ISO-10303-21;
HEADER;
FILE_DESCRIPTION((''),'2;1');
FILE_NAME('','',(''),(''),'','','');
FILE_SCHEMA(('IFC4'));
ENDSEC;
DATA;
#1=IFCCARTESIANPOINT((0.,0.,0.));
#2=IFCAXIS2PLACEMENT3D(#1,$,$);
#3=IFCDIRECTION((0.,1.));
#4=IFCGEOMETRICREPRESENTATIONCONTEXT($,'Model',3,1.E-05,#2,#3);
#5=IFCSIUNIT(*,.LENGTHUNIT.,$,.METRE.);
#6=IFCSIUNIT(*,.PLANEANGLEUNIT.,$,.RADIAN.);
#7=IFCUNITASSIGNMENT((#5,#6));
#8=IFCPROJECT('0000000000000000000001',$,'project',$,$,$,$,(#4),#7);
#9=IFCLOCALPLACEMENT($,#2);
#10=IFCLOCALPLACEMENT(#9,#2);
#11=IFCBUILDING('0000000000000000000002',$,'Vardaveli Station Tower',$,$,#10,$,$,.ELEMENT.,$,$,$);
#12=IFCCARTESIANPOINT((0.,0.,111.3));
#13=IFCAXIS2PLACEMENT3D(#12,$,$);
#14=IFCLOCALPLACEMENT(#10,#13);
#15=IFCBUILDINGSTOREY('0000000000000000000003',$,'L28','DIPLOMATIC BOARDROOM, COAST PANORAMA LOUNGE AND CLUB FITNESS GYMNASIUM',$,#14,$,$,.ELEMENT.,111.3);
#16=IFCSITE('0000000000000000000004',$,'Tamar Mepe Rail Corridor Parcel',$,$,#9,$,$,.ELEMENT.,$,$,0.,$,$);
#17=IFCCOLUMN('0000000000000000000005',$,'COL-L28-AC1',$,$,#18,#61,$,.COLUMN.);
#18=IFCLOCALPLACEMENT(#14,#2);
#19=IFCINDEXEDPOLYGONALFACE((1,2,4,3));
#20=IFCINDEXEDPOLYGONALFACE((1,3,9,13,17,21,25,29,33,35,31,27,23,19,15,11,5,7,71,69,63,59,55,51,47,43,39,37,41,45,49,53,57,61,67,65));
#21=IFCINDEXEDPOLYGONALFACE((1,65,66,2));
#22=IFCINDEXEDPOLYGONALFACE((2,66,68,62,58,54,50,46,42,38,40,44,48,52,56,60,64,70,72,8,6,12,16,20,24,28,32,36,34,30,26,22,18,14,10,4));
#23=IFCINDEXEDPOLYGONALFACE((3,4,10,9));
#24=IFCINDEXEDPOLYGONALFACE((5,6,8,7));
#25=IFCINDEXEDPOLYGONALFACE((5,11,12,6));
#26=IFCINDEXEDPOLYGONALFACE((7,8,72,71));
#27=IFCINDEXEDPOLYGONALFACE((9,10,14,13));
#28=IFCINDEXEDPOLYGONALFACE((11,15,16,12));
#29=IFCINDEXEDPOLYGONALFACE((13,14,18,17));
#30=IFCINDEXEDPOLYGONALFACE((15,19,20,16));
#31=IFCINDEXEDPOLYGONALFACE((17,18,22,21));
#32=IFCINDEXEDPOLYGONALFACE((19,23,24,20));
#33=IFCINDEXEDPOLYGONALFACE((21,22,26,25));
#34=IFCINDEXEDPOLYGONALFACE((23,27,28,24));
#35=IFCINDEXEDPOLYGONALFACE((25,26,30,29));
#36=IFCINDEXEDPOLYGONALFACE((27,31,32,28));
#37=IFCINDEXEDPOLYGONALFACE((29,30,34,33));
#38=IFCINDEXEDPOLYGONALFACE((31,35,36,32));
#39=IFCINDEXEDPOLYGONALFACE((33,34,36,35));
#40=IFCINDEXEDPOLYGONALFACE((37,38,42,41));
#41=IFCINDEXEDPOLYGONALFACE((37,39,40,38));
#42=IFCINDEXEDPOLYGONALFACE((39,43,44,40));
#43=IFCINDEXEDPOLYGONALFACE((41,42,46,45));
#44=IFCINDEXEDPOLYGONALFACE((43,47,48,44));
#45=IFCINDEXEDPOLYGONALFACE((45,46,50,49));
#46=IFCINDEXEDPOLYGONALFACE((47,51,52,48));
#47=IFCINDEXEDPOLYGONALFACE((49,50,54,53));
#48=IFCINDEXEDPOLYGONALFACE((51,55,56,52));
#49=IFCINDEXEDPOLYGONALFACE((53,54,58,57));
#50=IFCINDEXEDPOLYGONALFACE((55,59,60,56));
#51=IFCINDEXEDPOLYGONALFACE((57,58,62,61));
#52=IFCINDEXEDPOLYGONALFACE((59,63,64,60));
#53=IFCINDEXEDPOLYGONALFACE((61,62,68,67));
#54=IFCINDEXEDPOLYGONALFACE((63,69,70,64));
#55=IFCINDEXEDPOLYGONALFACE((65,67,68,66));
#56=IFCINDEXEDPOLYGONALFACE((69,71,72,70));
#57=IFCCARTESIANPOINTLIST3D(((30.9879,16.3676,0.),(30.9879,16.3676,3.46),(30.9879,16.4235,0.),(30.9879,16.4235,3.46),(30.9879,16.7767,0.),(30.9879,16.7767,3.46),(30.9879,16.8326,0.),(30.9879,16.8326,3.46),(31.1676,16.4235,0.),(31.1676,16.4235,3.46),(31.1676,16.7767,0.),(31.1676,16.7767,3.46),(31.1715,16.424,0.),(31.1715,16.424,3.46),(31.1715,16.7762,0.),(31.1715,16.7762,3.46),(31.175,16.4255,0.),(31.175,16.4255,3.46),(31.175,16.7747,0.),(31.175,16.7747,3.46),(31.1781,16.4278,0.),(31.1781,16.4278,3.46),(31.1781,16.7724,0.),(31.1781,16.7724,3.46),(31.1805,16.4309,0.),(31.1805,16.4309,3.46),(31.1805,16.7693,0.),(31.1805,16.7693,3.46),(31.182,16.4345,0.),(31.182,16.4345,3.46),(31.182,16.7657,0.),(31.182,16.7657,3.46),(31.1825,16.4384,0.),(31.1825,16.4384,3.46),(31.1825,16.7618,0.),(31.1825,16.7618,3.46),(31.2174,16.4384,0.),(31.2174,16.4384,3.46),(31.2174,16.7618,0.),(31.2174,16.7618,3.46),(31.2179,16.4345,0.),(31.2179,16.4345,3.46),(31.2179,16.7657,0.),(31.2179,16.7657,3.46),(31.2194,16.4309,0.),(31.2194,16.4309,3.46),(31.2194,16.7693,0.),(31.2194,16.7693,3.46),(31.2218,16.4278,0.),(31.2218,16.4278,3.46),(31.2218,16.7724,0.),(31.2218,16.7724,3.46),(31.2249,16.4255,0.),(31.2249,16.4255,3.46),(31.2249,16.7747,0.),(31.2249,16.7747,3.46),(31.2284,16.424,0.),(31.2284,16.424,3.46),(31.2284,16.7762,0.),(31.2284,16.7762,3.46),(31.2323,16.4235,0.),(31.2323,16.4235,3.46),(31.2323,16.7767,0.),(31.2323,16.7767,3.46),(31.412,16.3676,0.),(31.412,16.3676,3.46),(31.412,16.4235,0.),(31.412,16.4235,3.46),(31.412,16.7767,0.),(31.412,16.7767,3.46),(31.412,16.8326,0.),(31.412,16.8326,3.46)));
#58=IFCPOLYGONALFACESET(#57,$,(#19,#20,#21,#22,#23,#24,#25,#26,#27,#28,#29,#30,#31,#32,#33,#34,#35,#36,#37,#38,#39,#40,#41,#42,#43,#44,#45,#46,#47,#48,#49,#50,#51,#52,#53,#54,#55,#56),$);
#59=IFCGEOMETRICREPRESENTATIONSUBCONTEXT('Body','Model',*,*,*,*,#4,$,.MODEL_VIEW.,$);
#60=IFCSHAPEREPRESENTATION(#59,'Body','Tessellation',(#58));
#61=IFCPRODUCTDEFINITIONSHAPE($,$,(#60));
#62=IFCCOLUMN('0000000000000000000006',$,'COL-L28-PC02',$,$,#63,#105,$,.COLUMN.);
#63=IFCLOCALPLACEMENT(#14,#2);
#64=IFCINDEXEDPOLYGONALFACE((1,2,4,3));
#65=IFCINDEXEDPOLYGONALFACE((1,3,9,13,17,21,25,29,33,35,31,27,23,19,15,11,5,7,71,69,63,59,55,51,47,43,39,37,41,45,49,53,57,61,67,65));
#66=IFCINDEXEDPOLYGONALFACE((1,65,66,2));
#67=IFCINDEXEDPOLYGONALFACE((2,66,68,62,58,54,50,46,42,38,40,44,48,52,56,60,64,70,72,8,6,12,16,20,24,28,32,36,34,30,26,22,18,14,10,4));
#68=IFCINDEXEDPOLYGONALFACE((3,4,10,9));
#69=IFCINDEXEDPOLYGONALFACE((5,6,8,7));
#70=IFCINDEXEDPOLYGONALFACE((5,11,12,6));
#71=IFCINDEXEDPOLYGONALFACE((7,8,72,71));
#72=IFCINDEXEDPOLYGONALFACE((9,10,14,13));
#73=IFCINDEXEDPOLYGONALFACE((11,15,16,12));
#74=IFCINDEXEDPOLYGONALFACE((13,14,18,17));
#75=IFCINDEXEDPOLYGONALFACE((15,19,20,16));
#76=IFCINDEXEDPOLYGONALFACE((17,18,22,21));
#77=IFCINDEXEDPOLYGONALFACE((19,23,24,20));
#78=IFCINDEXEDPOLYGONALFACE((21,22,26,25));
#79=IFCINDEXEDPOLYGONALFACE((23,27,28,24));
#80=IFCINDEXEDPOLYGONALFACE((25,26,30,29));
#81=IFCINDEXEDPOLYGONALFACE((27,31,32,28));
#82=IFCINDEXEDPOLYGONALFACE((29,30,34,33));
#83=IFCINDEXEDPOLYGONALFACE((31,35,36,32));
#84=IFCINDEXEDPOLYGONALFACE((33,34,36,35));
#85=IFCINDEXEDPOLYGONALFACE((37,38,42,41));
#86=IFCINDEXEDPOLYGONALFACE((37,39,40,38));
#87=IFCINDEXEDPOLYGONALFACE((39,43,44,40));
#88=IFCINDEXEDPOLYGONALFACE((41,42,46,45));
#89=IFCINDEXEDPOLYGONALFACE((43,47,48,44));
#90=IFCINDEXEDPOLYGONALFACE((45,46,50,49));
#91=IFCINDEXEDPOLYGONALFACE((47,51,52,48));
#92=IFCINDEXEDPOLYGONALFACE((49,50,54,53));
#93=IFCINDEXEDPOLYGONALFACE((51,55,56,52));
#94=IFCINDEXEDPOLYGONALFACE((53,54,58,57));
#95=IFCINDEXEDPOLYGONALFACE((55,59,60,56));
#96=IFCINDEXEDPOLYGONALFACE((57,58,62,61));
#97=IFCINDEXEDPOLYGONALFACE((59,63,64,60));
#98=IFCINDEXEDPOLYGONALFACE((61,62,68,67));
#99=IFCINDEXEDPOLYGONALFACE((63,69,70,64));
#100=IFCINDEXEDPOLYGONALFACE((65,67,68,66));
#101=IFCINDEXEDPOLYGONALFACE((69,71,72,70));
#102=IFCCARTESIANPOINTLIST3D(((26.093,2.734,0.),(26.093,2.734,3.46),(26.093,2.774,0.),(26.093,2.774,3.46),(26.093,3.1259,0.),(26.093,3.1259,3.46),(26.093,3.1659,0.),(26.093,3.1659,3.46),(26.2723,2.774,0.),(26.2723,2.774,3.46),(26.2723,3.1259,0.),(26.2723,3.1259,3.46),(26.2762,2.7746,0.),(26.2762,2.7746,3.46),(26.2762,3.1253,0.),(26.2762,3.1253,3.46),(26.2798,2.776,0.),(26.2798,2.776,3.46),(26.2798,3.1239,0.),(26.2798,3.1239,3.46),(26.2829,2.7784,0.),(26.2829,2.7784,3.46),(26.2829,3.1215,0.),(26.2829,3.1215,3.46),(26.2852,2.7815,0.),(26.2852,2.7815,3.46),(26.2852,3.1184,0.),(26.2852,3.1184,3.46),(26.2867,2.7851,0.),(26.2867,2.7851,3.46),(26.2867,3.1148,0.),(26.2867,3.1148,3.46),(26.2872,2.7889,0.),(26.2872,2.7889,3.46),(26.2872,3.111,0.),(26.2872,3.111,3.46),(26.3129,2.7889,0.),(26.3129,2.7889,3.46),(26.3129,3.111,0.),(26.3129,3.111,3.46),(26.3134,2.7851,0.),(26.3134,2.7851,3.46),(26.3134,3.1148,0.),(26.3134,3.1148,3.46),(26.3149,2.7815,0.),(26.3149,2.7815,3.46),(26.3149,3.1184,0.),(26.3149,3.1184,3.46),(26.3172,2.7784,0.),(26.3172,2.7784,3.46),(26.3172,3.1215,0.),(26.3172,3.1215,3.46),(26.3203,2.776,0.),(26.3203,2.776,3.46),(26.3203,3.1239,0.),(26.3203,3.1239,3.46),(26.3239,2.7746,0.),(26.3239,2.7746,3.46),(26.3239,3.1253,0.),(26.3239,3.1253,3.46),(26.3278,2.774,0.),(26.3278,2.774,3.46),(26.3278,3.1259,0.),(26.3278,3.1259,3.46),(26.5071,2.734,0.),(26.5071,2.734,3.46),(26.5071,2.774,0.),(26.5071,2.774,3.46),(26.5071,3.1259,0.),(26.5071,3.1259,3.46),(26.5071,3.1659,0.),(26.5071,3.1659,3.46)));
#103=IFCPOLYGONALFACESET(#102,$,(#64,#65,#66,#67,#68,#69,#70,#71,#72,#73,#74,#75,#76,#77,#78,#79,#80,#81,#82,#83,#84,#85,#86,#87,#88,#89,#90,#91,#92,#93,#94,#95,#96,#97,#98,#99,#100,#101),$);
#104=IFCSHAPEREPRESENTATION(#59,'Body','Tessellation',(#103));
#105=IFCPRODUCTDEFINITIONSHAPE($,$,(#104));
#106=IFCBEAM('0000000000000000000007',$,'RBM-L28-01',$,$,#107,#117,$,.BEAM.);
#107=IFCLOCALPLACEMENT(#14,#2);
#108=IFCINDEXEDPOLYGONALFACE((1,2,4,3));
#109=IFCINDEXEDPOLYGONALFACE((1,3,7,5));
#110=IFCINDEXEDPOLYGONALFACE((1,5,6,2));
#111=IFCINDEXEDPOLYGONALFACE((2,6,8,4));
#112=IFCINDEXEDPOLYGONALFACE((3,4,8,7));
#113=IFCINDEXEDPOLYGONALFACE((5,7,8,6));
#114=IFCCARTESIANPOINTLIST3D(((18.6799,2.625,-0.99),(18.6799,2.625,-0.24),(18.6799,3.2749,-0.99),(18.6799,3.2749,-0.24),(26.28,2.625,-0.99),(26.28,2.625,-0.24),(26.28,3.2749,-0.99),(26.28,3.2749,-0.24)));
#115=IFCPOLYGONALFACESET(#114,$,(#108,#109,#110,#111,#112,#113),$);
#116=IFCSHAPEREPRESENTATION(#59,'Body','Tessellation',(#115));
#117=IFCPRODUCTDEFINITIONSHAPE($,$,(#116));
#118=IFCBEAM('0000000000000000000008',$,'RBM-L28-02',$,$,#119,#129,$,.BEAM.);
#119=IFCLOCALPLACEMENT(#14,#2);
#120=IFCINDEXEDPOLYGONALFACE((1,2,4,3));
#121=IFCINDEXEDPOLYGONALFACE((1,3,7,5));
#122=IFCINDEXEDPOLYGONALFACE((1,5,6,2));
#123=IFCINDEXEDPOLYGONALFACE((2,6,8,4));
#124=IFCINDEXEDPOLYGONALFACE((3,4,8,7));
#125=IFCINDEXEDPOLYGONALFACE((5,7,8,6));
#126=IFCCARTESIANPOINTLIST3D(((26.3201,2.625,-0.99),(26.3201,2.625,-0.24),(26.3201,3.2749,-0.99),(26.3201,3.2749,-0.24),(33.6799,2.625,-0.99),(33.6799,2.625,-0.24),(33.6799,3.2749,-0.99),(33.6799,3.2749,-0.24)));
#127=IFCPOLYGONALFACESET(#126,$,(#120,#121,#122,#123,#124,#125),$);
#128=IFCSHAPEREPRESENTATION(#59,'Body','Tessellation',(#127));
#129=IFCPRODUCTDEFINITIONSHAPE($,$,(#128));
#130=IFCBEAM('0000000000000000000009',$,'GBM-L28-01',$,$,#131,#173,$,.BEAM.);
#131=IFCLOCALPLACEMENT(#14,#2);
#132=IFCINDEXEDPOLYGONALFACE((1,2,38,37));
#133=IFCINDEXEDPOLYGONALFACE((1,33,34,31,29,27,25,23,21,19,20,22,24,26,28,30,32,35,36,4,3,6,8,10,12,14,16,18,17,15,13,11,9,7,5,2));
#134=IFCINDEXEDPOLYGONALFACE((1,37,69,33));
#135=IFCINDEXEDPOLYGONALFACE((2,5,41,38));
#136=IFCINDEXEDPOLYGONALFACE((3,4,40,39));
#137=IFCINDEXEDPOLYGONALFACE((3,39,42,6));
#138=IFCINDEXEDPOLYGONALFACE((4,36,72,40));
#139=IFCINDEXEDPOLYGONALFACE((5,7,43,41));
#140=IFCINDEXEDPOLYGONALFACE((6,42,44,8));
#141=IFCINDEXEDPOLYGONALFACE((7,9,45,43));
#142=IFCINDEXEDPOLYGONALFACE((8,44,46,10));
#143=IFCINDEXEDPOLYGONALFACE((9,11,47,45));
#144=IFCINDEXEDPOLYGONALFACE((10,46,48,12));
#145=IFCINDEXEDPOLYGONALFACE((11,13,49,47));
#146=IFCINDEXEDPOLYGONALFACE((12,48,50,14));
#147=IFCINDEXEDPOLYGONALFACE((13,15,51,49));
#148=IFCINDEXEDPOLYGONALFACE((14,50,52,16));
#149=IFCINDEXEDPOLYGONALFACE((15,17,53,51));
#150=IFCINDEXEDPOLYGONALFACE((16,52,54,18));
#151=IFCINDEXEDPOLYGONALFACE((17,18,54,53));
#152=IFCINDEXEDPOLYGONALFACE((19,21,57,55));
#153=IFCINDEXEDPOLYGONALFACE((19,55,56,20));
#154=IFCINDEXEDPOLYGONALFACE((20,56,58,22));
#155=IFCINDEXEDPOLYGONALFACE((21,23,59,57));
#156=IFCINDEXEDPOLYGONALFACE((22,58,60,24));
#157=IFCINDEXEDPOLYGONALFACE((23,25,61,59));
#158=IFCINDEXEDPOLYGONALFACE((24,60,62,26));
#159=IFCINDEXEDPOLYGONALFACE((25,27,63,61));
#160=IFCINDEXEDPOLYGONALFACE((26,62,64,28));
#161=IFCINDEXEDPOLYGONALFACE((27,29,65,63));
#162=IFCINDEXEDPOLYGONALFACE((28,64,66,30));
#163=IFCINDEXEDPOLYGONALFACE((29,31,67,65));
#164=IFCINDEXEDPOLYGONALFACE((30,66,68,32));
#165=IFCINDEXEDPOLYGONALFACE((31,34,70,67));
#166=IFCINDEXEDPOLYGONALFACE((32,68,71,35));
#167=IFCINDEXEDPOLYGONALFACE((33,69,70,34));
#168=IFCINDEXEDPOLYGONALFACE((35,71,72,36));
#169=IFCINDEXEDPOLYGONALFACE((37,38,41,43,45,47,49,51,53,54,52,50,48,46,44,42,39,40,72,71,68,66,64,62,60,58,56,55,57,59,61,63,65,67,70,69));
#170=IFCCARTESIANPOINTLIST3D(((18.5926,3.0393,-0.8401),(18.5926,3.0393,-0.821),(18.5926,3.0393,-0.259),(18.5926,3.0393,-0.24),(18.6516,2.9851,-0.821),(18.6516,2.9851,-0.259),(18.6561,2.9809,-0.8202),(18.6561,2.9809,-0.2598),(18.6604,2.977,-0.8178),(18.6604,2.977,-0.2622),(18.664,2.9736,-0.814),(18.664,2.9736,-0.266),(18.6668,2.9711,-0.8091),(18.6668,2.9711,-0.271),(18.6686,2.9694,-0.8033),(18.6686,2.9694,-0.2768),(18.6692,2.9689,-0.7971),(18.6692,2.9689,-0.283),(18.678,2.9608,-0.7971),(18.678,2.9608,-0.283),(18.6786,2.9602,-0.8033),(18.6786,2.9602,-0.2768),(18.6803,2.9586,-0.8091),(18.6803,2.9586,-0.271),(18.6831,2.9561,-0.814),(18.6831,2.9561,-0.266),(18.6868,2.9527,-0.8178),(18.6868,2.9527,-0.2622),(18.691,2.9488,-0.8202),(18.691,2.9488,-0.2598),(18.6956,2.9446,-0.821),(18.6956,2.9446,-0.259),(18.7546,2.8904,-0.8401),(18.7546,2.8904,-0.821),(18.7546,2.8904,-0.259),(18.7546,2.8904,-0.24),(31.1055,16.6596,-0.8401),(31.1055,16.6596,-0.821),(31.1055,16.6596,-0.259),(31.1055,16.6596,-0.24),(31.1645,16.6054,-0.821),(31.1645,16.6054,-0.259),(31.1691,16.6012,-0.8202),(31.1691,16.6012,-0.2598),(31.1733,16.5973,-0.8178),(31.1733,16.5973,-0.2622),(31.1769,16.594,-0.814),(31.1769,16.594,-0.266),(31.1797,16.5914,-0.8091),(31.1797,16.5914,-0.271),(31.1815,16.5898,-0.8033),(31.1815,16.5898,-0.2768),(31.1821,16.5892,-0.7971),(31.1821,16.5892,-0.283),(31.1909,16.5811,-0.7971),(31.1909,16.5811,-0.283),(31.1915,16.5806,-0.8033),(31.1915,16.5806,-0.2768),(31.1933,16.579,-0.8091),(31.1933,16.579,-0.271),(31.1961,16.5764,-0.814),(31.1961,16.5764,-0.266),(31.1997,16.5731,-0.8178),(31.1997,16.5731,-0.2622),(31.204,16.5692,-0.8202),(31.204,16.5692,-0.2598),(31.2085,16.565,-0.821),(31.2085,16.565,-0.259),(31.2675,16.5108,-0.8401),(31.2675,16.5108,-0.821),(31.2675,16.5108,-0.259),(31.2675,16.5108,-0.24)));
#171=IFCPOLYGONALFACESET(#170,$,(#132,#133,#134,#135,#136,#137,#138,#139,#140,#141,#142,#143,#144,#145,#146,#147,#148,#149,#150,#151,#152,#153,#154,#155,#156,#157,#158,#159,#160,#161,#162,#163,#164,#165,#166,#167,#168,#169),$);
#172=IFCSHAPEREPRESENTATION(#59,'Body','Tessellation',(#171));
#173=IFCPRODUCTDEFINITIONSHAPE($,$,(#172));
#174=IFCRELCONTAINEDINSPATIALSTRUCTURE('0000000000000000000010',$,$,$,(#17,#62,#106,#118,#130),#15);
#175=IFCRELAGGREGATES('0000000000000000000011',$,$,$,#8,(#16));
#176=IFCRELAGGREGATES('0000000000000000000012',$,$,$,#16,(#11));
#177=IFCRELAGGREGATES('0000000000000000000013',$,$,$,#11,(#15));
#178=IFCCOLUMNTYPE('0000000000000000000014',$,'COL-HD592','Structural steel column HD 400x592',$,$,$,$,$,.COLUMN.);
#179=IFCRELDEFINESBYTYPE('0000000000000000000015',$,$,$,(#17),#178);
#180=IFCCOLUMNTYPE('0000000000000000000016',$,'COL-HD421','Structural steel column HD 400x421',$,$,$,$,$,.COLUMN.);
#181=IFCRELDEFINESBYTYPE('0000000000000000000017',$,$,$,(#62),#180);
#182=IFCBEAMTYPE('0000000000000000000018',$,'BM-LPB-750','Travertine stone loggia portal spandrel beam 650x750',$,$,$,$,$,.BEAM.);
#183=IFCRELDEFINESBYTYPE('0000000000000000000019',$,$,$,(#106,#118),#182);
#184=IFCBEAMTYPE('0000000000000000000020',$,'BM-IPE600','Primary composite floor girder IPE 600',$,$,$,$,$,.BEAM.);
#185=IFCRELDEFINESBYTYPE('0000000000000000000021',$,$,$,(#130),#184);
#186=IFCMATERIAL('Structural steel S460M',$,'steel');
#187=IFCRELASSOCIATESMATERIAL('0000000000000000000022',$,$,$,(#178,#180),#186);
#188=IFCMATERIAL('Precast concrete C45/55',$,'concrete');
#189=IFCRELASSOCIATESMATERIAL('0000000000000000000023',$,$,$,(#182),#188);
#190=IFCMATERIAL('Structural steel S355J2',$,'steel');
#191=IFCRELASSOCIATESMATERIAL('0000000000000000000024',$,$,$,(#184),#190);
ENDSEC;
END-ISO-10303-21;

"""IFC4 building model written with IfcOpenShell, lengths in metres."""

from ifc_helpers import new_model, si_unit, direction, frame, origin, origin_2d, place, context, subcontext, project, spatial, rectangle, i_section, extrude, source, transform, mapped, material, material_profile, profile_set, type_object, element, save


model = new_model("IFC4")

# Units and contexts
model_context = context("Model", 3, precision=1e-05, world=origin(), true_north=direction((0.0, 1.0)))
body_context = subcontext(model_context, "Body", "Model", "MODEL_VIEW")
ifc_project = project(units=[si_unit("LENGTHUNIT", "METRE"), si_unit("PLANEANGLEUNIT", "RADIAN")], contexts=[model_context])

# Site, building, storey
site_placement = place(None, origin())
site = spatial("IfcSite", under=ifc_project, at=site_placement, Name="Tamar Mepe Rail Corridor Parcel", CompositionType="ELEMENT", RefElevation=0.0)
building_placement = place(site_placement, origin())
building = spatial("IfcBuilding", under=site, at=building_placement, Name="Vardaveli Station Tower", CompositionType="ELEMENT")
storey_placement = place(building_placement, frame((0.0, 0.0, 111.3)))
storey = spatial("IfcBuildingStorey", under=building, at=storey_placement, Name="L28", Description="DIPLOMATIC BOARDROOM, COAST PANORAMA LOUNGE AND CLUB FITNESS GYMNASIUM", CompositionType="ELEMENT", Elevation=111.3)

# Columns
ifc_material_1 = material(Name="Structural steel S460M", Category="steel")
ifc_material_profile_1 = material_profile(ifc_material_1, i_section(OverallWidth=0.4241, OverallDepth=0.4651, WebThickness=0.0349, FlangeThickness=0.0559, FilletRadius=0.0149, at=origin_2d()), Name="HD 400x592")
ifc_profile_set_1 = profile_set([ifc_material_profile_1], Name="Structural steel S460M")
column_type_1 = type_object("IfcColumnType", Name="COL-HD592", Description="Structural steel column HD 400x592", PredefinedType="COLUMN", material=ifc_profile_set_1)
shared_shape_1 = source(origin(), body_context, "Body", "SweptSolid", [
    extrude(i_section(OverallWidth=0.4241, OverallDepth=0.4651, WebThickness=0.0349, FlangeThickness=0.0559, FilletRadius=0.0149, at=origin_2d()), origin(), (0.0, 0.0, 1.0), 3.46),
])
column_1_placement = place(storey_placement, frame((31.2, 16.6001, 0.0), z_axis=(0.0, 0.0, 1.0), x_axis=(1.0, 0.0, 0.0)))
element("IfcColumn", 1, at=column_1_placement, inside=storey, type_object=column_type_1, Name="COL-L28-AC1", PredefinedType="COLUMN", context=body_context, shape_type="MappedRepresentation", body=[
    mapped(shared_shape_1, transform((0.0, 0.0, 0.0), scale=1.0)),
])
ifc_material_profile_2 = material_profile(ifc_material_1, i_section(OverallWidth=0.4141, OverallDepth=0.4319, WebThickness=0.0256, FlangeThickness=0.04, FilletRadius=0.0149, at=origin_2d()), Name="HD 400x421")
ifc_profile_set_2 = profile_set([ifc_material_profile_2], Name="Structural steel S460M")
column_type_2 = type_object("IfcColumnType", Name="COL-HD421", Description="Structural steel column HD 400x421", PredefinedType="COLUMN", material=ifc_profile_set_2)
shared_shape_2 = source(origin(), body_context, "Body", "SweptSolid", [
    extrude(i_section(OverallWidth=0.4141, OverallDepth=0.4319, WebThickness=0.0256, FlangeThickness=0.04, FilletRadius=0.0149, at=origin_2d()), origin(), (0.0, 0.0, 1.0), 3.46),
])
column_2_placement = place(storey_placement, frame((26.3, 2.95, 0.0), z_axis=(0.0, 0.0, 1.0), x_axis=(1.0, 0.0, 0.0)))
element("IfcColumn", 2, at=column_2_placement, inside=storey, type_object=column_type_2, Name="COL-L28-PC02", PredefinedType="COLUMN", context=body_context, shape_type="MappedRepresentation", body=[
    mapped(shared_shape_2, transform((0.0, 0.0, 0.0), scale=1.0)),
])

# Beams
ifc_material_2 = material(Name="Precast concrete C45/55", Category="concrete")
ifc_material_profile_3 = material_profile(ifc_material_2, rectangle(XDim=0.6499, YDim=0.75, at=origin_2d()), Name="LPB 650x750")
ifc_profile_set_3 = profile_set([ifc_material_profile_3], Name="Precast concrete C45/55")
beam_type_1 = type_object("IfcBeamType", Name="BM-LPB-750", Description="Travertine stone loggia portal spandrel beam 650x750", PredefinedType="BEAM", material=ifc_profile_set_3)
shared_shape_3 = source(origin(), body_context, "Body", "SweptSolid", [
    extrude(rectangle(XDim=0.6499, YDim=0.75, at=origin_2d()), origin(), (0.0, 0.0, 1.0), 7.6001),
])
beam_1_placement = place(storey_placement, frame((18.6799, 2.95, -0.615), z_axis=(1.0, 0.0, 0.0), x_axis=(0.0, 1.0, 0.0)))
element("IfcBeam", 3, at=beam_1_placement, inside=storey, type_object=beam_type_1, Name="RBM-L28-01", PredefinedType="BEAM", context=body_context, shape_type="MappedRepresentation", body=[
    mapped(shared_shape_3, transform((0.0, 0.0, 0.0), scale=1.0)),
])
shared_shape_4 = source(origin(), body_context, "Body", "SweptSolid", [
    extrude(rectangle(XDim=0.6499, YDim=0.75, at=origin_2d()), origin(), (0.0, 0.0, 1.0), 7.3599),
])
beam_2_placement = place(storey_placement, frame((26.3201, 2.95, -0.615), z_axis=(1.0, 0.0, 0.0), x_axis=(0.0, 1.0, 0.0)))
element("IfcBeam", 4, at=beam_2_placement, inside=storey, type_object=beam_type_1, Name="RBM-L28-02", PredefinedType="BEAM", context=body_context, shape_type="MappedRepresentation", body=[
    mapped(shared_shape_4, transform((0.0, 0.0, 0.0), scale=1.0)),
])
ifc_material_3 = material(Name="Structural steel S355J2", Category="steel")
ifc_material_profile_4 = material_profile(ifc_material_3, i_section(OverallWidth=0.22, OverallDepth=0.6001, WebThickness=0.012, FlangeThickness=0.019, FilletRadius=0.0239, at=origin_2d()), Name="IPE 600")
ifc_profile_set_4 = profile_set([ifc_material_profile_4], Name="Structural steel S355J2")
beam_type_2 = type_object("IfcBeamType", Name="BM-IPE600", Description="Primary composite floor girder IPE 600", PredefinedType="BEAM", material=ifc_profile_set_4)
shared_shape_5 = source(origin(), body_context, "Body", "SweptSolid", [
    extrude(i_section(OverallWidth=0.22, OverallDepth=0.6001, WebThickness=0.012, FlangeThickness=0.019, FilletRadius=0.0239, at=origin_2d()), origin(), (0.0, 0.0, 1.0), 18.4956),
])
beam_3_placement = place(storey_placement, frame((18.6736, 2.9648, -0.54), z_axis=(0.676535, 0.73641, 0.0), x_axis=(-0.73641, 0.676535, 0.0)))
element("IfcBeam", 5, at=beam_3_placement, inside=storey, type_object=beam_type_2, Name="GBM-L28-01", PredefinedType="BEAM", context=body_context, shape_type="MappedRepresentation", body=[
    mapped(shared_shape_5, transform((0.0, 0.0, 0.0), scale=1.0)),
])

save(model, "model.ifc")
